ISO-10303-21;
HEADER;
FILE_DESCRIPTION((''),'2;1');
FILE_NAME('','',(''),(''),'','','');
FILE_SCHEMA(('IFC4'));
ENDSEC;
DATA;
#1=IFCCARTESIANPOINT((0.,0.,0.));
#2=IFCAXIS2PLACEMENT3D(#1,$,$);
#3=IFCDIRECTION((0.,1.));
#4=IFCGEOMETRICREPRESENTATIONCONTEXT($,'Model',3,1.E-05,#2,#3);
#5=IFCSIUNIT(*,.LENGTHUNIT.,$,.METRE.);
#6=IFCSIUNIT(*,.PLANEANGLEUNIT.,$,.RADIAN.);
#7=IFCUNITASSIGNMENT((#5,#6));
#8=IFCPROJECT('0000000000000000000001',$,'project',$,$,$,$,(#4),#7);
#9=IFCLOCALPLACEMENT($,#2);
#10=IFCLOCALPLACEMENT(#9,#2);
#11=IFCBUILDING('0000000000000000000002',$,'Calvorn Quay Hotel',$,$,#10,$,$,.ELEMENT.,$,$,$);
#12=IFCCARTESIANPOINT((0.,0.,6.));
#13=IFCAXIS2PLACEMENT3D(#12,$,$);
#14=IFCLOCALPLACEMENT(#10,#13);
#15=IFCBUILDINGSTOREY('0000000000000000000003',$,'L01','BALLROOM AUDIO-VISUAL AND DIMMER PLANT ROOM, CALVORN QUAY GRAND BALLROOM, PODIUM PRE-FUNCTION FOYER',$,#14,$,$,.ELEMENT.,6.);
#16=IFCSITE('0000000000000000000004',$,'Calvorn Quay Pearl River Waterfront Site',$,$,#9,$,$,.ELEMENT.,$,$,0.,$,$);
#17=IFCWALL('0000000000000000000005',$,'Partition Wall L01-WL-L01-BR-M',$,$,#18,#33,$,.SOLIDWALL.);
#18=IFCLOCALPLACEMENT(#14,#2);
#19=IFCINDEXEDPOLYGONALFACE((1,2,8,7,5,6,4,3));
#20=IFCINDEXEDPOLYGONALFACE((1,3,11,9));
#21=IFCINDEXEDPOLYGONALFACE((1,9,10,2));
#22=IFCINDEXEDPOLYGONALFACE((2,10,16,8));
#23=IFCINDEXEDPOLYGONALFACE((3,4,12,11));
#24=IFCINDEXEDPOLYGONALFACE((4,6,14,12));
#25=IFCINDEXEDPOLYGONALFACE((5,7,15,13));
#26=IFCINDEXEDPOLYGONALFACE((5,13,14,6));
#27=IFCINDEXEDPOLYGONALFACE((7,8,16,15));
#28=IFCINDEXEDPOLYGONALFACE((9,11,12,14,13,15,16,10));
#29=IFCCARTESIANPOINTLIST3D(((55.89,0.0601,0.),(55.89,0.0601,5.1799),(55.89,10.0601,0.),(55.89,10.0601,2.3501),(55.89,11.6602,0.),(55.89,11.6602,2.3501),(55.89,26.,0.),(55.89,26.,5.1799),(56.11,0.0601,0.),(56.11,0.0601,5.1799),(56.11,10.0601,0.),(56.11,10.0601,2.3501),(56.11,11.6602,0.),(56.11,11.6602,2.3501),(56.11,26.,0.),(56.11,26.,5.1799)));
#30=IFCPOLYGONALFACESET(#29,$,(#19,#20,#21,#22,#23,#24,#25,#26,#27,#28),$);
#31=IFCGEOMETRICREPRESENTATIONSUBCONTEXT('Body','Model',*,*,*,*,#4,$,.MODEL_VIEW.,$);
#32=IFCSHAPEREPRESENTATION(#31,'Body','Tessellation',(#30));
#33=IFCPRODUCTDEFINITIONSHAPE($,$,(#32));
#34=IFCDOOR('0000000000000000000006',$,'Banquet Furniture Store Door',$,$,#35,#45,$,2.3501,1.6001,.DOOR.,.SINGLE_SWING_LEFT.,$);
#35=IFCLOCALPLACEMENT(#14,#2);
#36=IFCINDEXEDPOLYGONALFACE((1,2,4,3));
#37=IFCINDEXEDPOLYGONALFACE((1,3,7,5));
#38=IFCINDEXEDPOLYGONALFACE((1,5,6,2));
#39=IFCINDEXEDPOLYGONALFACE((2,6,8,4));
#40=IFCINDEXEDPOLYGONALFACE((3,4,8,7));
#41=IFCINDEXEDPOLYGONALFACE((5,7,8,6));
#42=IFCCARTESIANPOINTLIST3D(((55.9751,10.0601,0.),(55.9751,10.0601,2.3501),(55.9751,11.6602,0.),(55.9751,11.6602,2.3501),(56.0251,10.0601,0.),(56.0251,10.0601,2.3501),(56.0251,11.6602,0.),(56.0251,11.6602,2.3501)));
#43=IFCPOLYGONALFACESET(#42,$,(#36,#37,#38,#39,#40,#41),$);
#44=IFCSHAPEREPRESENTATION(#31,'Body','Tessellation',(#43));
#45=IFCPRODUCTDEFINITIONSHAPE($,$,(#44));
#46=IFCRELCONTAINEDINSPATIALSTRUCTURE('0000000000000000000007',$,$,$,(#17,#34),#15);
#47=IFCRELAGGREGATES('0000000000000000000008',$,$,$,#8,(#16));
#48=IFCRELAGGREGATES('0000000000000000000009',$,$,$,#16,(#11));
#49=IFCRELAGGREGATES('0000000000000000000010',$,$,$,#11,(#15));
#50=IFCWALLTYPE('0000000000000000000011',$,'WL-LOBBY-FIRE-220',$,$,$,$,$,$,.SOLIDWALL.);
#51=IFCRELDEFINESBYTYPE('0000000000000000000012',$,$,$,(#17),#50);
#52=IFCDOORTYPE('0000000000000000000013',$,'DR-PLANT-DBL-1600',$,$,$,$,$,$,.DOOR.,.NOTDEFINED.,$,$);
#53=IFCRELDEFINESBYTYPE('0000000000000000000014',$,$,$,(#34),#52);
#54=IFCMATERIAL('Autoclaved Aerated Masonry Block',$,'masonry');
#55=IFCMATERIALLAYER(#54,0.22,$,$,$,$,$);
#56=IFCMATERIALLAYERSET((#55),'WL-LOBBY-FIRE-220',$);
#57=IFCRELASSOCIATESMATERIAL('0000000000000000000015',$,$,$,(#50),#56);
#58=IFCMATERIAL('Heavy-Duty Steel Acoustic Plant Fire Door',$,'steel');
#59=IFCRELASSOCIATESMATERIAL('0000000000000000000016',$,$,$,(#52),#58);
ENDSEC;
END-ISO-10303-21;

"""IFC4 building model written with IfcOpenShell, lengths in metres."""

from ifc_helpers import new_model, si_unit, direction, frame, frame_2d, origin, place, context, subcontext, project, spatial, rectangle, extrude, material, layer, layer_set, type_object, element, fill, save


model = new_model("IFC4")

# Units and contexts
model_context = context("Model", 3, precision=1e-05, world=origin(), true_north=direction((0.0, 1.0)))
body_context = subcontext(model_context, "Body", "Model", "MODEL_VIEW")
ifc_project = project(units=[si_unit("LENGTHUNIT", "METRE"), si_unit("PLANEANGLEUNIT", "RADIAN")], contexts=[model_context])

# Site, building, storey
site_placement = place(None, origin())
site = spatial("IfcSite", under=ifc_project, at=site_placement, Name="Calvorn Quay Pearl River Waterfront Site", CompositionType="ELEMENT", RefElevation=0.0)
building_placement = place(site_placement, origin())
building = spatial("IfcBuilding", under=site, at=building_placement, Name="Calvorn Quay Hotel", CompositionType="ELEMENT")
storey_placement = place(building_placement, frame((0.0, 0.0, 6.0)))
storey = spatial("IfcBuildingStorey", under=building, at=storey_placement, Name="L01", Description="BALLROOM AUDIO-VISUAL AND DIMMER PLANT ROOM, CALVORN QUAY GRAND BALLROOM, PODIUM PRE-FUNCTION FOYER", CompositionType="ELEMENT", Elevation=6.0)

# Shared definitions
ifc_material_1 = material(Name="Autoclaved Aerated Masonry Block", Category="masonry")
ifc_layer_1 = layer(ifc_material_1, 0.22)
ifc_layer_set_1 = layer_set([ifc_layer_1], Name="WL-LOBBY-FIRE-220")
wall_type = type_object("IfcWallType", Name="WL-LOBBY-FIRE-220", PredefinedType="SOLIDWALL", material=ifc_layer_set_1)
ifc_material_2 = material(Name="Heavy-Duty Steel Acoustic Plant Fire Door", Category="steel")
door_type_1 = type_object("IfcDoorType", Name="DR-PLANT-DBL-1600", OperationType="NOTDEFINED", PredefinedType="DOOR", material=ifc_material_2)

# Wall, opening, door
wall_1_placement = place(storey_placement, frame((56.0, 0.0601, 0.0), z_axis=(0.0, 0.0, 1.0), x_axis=(0.0, 1.0, 0.0)))
wall_1 = element("IfcWall", 1, at=wall_1_placement, inside=storey, type_object=wall_type, Name="Partition Wall L01-WL-L01-BR-M", PredefinedType="SOLIDWALL", context=body_context, shape_type="SweptSolid", body=[
    extrude(rectangle(XDim=25.9399, YDim=0.22, at=frame_2d((12.97, 0.0))), origin(), (0.0, 0.0, 1.0), 5.1799),
])
opening_1_placement = place(wall_1_placement, frame((10.0, 0.0, 0.0)))
opening_1 = element("IfcOpeningElement", 2, at=opening_1_placement, cuts=wall_1, PredefinedType="OPENING", context=body_context, shape_type="SweptSolid", body=[
    extrude(rectangle(XDim=1.6001, YDim=2.3501, at=frame_2d((0.8, 1.175))), frame((0.0, 0.1199, 0.0), z_axis=(0.0, -1.0, 0.0), x_axis=(1.0, 0.0, 0.0)), (0.0, 0.0, 1.0), 0.24),
])
door_1_placement = place(opening_1_placement, origin())
door_1 = element("IfcDoor", 3, at=door_1_placement, inside=storey, type_object=door_type_1, Name="Banquet Furniture Store Door", OperationType="SINGLE_SWING_LEFT", OverallHeight=2.3501, OverallWidth=1.6001, PredefinedType="DOOR", context=body_context, shape_type="SweptSolid", body=[
    extrude(rectangle(XDim=1.6001, YDim=2.3501, at=frame_2d((0.8, 1.175))), frame((0.0, 0.0249, 0.0), z_axis=(0.0, -1.0, 0.0), x_axis=(1.0, 0.0, 0.0)), (0.0, 0.0, 1.0), 0.05),
])
fill(opening_1, door_1)

save(model, "model.ifc")
